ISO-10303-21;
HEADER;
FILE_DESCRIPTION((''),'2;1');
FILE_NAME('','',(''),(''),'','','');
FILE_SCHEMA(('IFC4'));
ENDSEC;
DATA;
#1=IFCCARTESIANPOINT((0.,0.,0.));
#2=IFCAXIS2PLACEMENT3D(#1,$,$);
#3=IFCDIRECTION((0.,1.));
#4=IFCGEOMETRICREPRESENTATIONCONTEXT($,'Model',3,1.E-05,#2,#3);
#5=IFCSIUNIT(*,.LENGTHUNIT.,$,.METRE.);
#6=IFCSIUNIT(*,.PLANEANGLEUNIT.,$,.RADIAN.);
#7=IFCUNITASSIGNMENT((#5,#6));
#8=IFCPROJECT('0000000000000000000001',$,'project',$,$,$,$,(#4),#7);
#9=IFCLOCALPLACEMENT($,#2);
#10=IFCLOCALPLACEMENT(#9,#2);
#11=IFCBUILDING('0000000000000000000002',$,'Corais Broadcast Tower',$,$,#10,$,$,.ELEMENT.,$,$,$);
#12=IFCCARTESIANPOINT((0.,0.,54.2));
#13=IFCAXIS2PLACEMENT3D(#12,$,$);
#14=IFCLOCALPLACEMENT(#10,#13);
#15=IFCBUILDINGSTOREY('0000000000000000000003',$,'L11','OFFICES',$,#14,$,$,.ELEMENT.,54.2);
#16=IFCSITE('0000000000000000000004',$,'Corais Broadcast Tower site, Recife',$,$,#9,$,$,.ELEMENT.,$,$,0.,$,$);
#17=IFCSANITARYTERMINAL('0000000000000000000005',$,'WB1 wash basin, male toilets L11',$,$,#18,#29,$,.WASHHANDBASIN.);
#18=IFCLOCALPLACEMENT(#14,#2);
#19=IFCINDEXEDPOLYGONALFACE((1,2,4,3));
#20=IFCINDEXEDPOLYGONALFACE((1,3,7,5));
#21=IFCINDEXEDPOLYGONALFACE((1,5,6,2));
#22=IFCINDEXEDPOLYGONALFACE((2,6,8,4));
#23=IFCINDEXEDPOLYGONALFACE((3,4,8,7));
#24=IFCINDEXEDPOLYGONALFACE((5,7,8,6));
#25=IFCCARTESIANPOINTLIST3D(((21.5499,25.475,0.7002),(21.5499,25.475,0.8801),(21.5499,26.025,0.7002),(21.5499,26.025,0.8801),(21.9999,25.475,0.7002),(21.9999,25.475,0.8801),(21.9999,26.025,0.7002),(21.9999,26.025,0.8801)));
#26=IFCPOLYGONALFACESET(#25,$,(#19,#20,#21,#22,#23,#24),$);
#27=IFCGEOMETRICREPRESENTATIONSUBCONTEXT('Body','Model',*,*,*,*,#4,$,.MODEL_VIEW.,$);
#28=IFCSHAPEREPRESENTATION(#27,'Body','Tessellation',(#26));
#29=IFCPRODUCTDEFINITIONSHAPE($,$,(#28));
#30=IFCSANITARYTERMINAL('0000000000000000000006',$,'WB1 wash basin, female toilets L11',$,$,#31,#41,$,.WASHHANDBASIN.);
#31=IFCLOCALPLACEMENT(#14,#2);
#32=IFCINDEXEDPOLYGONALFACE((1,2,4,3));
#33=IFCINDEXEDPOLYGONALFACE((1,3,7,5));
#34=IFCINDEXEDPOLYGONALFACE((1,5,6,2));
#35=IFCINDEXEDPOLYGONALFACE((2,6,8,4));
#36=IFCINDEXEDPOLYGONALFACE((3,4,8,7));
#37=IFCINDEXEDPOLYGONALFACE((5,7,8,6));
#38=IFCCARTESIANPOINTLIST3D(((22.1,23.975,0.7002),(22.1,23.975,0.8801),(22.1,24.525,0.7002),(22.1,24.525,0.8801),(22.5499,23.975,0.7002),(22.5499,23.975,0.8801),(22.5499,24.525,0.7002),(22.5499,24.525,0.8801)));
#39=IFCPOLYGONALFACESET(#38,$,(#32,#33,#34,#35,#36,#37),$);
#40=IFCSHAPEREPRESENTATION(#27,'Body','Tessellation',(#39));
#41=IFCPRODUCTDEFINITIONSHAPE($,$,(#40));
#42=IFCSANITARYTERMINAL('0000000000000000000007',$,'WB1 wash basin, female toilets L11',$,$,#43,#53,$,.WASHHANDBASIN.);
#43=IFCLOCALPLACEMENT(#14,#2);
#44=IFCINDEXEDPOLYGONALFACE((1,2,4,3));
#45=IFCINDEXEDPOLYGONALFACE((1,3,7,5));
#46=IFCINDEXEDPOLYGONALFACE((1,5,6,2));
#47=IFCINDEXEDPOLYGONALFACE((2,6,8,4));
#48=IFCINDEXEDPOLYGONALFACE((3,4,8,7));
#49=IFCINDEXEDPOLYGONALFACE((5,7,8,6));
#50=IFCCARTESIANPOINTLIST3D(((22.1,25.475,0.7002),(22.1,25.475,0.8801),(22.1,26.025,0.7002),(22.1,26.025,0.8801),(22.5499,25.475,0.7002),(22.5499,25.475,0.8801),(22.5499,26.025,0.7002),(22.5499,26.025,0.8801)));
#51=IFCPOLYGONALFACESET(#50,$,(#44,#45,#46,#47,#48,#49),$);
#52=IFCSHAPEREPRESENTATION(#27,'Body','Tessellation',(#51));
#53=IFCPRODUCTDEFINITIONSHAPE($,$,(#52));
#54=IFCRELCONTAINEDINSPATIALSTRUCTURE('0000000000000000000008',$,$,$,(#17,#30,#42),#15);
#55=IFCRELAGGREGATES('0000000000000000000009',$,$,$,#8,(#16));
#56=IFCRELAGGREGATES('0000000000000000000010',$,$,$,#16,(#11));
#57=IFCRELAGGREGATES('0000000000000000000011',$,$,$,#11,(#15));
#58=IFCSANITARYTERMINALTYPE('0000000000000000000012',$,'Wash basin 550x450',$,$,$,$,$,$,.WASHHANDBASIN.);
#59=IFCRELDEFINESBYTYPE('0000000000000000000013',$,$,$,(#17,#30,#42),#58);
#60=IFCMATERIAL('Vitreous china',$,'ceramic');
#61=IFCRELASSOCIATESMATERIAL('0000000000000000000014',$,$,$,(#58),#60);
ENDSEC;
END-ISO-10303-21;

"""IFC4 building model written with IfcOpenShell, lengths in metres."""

from ifc_helpers import new_model, si_unit, direction, frame, origin, origin_2d, place, context, subcontext, project, spatial, rectangle, extrude, material, type_object, element, save


model = new_model("IFC4")

# Units and contexts
model_context = context("Model", 3, precision=1e-05, world=origin(), true_north=direction((0.0, 1.0)))
body_context = subcontext(model_context, "Body", "Model", "MODEL_VIEW")
ifc_project = project(units=[si_unit("LENGTHUNIT", "METRE"), si_unit("PLANEANGLEUNIT", "RADIAN")], contexts=[model_context])

# Site, building, storey
site_placement = place(None, origin())
site = spatial("IfcSite", under=ifc_project, at=site_placement, Name="Corais Broadcast Tower site, Recife", CompositionType="ELEMENT", RefElevation=0.0)
building_placement = place(site_placement, origin())
building = spatial("IfcBuilding", under=site, at=building_placement, Name="Corais Broadcast Tower", CompositionType="ELEMENT")
storey_placement = place(building_placement, frame((0.0, 0.0, 54.2)))
storey = spatial("IfcBuildingStorey", under=building, at=storey_placement, Name="L11", Description="OFFICES", CompositionType="ELEMENT", Elevation=54.2)

# Sanitary terminals
ifc_material_1 = material(Name="Vitreous china", Category="ceramic")
sanitary_terminal_type_1 = type_object("IfcSanitaryTerminalType", Name="Wash basin 550x450", PredefinedType="WASHHANDBASIN", material=ifc_material_1)
for number, where, z_axis, x_axis, name in (
    (1, (21.7749, 25.75, 0.7002), (0.0, 0.0, 1.0), (1.0, 0.0, 0.0), "WB1 wash basin, male toilets L11"),
    (2, (22.325, 24.25, 0.7002), (0.0, 0.0, 1.0), (1.0, 0.0, 0.0), "WB1 wash basin, female toilets L11"),
    (3, (22.325, 25.75, 0.7002), (0.0, 0.0, 1.0), (1.0, 0.0, 0.0), "WB1 wash basin, female toilets L11"),
):
    element("IfcSanitaryTerminal", number, at=place(storey_placement, frame(where, z_axis=z_axis, x_axis=x_axis)), inside=storey, type_object=sanitary_terminal_type_1, Name=name, PredefinedType="WASHHANDBASIN", context=body_context, shape_type="SweptSolid", body=[
        extrude(rectangle(XDim=0.45, YDim=0.55, at=origin_2d()), origin(), (0.0, 0.0, 1.0), 0.1799),
    ])

save(model, "model.ifc")
